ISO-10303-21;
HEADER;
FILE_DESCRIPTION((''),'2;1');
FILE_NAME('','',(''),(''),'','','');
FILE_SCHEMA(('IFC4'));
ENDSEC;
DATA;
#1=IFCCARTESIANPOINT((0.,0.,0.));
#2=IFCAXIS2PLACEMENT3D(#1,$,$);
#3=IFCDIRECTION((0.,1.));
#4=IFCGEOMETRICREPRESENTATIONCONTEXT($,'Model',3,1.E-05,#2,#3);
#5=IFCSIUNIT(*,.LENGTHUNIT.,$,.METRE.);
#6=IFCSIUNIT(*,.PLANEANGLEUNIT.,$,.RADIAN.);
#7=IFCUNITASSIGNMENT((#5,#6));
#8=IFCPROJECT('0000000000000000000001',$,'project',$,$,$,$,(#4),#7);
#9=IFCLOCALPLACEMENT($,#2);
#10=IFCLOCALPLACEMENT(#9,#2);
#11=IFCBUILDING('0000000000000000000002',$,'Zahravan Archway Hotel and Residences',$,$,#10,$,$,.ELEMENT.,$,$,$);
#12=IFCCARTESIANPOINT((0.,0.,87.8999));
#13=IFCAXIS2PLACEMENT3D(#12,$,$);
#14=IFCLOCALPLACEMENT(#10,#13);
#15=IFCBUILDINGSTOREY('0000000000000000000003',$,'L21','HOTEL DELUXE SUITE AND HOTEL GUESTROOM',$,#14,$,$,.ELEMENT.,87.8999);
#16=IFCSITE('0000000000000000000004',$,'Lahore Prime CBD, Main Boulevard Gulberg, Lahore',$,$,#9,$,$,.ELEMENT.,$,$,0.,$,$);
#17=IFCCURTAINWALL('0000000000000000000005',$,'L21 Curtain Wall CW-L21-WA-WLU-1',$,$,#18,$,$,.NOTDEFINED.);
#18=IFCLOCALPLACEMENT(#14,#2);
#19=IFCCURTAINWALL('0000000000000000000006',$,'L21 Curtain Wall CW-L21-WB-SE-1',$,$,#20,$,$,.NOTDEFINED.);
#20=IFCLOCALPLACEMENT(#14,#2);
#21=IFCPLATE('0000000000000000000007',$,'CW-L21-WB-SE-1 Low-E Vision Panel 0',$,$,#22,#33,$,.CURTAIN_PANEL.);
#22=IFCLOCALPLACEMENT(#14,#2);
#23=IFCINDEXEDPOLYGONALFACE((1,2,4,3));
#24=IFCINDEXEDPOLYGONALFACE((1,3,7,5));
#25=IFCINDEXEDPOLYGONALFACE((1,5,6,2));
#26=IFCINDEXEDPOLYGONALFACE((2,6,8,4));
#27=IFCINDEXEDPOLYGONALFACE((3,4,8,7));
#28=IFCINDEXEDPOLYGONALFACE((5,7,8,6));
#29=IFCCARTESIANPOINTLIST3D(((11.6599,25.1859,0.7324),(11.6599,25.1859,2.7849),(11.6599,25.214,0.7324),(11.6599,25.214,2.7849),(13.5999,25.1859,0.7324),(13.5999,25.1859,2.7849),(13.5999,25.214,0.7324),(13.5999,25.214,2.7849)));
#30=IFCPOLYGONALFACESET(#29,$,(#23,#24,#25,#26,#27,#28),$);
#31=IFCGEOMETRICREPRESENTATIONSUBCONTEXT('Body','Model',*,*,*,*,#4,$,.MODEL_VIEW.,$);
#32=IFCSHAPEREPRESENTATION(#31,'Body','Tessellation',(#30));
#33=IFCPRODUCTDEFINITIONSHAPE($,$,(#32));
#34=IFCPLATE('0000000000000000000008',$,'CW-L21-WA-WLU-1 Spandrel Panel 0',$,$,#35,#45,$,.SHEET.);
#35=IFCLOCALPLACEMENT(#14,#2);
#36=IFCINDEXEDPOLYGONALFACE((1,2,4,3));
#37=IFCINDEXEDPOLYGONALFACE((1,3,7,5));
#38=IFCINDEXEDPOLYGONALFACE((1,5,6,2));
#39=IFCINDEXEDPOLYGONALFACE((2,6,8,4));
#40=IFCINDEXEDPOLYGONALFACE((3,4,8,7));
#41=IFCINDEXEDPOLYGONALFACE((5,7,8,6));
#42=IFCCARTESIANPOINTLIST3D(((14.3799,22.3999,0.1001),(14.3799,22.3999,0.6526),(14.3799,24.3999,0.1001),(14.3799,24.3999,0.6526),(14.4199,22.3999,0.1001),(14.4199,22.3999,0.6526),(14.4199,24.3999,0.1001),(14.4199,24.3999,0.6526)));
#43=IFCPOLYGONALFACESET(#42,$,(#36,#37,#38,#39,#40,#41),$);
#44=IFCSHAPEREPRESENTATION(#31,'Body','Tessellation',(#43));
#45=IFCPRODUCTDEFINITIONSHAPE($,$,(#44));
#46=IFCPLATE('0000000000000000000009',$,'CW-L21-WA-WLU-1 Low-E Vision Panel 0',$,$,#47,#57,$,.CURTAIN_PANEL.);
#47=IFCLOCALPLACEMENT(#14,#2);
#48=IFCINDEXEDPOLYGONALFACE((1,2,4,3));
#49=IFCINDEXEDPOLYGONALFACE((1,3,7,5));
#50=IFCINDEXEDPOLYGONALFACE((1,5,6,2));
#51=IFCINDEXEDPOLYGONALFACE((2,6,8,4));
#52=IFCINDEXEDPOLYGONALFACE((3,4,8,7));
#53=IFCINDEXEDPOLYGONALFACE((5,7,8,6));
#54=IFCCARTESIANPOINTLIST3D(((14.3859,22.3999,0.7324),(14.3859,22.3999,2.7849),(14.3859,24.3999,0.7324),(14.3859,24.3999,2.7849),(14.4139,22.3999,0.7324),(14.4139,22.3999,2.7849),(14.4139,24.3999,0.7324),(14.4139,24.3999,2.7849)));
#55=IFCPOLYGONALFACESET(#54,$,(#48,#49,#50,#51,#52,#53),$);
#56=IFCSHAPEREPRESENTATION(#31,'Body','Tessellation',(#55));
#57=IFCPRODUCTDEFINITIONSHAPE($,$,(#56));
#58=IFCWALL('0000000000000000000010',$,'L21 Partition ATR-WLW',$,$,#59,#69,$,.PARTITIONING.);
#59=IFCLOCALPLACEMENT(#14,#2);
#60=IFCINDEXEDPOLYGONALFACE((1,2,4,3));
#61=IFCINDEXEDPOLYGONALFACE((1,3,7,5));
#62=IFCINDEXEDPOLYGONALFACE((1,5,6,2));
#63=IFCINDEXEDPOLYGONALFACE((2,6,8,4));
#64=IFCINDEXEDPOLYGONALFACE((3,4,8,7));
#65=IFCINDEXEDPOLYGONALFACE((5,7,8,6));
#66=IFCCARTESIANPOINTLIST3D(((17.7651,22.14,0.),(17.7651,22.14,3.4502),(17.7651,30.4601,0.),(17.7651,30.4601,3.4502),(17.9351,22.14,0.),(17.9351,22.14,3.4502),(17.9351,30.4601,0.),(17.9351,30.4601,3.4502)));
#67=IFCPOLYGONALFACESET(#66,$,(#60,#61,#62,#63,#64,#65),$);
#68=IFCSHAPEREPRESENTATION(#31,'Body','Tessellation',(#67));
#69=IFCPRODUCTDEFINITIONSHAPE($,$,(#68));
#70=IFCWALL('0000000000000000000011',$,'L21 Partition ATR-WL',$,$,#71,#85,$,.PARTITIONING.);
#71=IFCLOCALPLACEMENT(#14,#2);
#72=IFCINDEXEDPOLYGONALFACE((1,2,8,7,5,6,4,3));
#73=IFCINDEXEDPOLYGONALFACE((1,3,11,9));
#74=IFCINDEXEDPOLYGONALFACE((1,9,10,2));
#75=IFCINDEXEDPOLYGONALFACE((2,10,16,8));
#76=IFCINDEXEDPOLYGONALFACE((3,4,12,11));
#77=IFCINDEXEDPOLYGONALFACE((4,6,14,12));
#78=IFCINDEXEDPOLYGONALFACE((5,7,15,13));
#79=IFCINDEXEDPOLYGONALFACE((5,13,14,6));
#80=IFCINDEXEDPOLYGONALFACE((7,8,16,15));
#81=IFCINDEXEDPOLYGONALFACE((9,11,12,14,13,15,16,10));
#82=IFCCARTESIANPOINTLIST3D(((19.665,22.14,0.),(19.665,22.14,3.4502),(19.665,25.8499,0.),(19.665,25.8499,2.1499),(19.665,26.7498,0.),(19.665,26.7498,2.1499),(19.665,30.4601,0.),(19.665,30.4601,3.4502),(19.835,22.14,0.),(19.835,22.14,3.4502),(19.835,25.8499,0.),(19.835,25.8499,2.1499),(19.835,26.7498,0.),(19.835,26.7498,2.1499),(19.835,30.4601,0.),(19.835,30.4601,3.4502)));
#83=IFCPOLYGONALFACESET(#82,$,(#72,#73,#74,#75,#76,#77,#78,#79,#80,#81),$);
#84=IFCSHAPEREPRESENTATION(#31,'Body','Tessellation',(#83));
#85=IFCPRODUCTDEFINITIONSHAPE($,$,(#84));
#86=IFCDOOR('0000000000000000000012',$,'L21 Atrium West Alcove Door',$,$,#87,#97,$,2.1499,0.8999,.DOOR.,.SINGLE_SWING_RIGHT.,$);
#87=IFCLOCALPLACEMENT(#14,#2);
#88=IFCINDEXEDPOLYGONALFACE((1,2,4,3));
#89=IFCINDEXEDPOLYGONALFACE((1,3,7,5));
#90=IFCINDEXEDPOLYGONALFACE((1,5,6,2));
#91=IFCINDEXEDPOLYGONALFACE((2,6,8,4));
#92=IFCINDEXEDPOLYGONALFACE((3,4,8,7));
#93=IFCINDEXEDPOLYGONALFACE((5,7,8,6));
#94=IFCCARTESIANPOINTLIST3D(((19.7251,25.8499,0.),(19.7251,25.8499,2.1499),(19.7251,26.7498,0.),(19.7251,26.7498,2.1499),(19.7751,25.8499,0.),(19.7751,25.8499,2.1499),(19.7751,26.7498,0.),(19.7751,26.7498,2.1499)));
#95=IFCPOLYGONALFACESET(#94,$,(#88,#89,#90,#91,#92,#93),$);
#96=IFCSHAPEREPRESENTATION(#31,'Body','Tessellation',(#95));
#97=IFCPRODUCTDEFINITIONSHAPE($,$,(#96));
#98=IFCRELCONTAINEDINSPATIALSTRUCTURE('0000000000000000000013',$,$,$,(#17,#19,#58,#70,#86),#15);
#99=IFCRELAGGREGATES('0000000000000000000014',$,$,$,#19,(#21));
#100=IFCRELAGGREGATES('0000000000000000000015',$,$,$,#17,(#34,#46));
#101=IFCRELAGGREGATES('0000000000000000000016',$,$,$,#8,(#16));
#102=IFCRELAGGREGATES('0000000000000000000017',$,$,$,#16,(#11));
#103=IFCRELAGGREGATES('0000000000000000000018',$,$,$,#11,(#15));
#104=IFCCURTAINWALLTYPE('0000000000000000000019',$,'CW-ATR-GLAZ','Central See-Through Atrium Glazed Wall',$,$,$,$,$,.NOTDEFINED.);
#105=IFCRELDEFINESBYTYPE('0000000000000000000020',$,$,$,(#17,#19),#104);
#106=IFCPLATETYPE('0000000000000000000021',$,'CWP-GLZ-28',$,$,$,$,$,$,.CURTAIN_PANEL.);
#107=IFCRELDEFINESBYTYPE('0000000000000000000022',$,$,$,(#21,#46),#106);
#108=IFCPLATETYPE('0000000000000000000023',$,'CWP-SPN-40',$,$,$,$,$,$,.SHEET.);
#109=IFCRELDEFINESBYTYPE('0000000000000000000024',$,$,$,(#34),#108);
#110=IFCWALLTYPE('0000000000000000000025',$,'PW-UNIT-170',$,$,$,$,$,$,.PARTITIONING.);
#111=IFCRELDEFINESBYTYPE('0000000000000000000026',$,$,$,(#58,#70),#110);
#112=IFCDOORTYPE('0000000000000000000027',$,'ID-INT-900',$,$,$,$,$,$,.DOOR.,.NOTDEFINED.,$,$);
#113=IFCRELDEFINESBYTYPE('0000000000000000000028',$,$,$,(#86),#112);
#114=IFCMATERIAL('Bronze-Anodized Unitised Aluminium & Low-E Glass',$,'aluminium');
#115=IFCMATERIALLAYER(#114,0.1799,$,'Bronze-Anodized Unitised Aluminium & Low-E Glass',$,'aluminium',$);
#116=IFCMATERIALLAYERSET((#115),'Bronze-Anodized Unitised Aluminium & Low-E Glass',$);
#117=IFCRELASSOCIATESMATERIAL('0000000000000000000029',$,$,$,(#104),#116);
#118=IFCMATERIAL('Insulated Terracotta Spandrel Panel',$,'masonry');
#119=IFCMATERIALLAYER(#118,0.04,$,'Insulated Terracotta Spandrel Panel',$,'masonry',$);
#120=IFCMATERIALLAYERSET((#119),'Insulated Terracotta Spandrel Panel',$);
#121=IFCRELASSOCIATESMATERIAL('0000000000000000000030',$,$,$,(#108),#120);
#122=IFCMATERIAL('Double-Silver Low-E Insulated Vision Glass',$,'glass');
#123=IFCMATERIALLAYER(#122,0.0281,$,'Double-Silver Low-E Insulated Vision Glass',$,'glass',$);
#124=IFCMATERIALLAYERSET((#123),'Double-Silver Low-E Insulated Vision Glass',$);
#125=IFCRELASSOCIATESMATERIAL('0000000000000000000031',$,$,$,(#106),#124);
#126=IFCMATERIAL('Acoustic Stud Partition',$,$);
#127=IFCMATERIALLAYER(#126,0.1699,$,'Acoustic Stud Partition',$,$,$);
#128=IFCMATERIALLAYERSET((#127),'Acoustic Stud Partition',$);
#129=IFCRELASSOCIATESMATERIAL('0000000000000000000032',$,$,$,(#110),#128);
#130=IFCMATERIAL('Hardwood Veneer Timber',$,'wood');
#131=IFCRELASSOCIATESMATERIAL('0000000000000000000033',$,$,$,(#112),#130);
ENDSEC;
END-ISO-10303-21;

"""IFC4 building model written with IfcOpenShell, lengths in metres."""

from ifc_helpers import new_model, si_unit, direction, frame, frame_2d, origin, origin_2d, place, context, subcontext, project, spatial, rectangle, extrude, source, transform, mapped, material, layer, layer_set, type_object, type_shapes, element, fill, aggregate, save


model = new_model("IFC4")

# Units and contexts
model_context = context("Model", 3, precision=1e-05, world=origin(), true_north=direction((0.0, 1.0)))
body_context = subcontext(model_context, "Body", "Model", "MODEL_VIEW")
ifc_project = project(units=[si_unit("LENGTHUNIT", "METRE"), si_unit("PLANEANGLEUNIT", "RADIAN")], contexts=[model_context])

# Site, building, storey
site_placement = place(None, origin())
site = spatial("IfcSite", under=ifc_project, at=site_placement, Name="Lahore Prime CBD, Main Boulevard Gulberg, Lahore", CompositionType="ELEMENT", RefElevation=0.0)
building_placement = place(site_placement, origin())
building = spatial("IfcBuilding", under=site, at=building_placement, Name="Zahravan Archway Hotel and Residences", CompositionType="ELEMENT")
storey_placement = place(building_placement, frame((0.0, 0.0, 87.8999)))
storey = spatial("IfcBuildingStorey", under=building, at=storey_placement, Name="L21", Description="HOTEL DELUXE SUITE AND HOTEL GUESTROOM", CompositionType="ELEMENT", Elevation=87.8999)

# Curtain walls
ifc_material_1 = material(Name="Bronze-Anodized Unitised Aluminium & Low-E Glass", Category="aluminium")
ifc_layer_1 = layer(ifc_material_1, 0.1799, Name="Bronze-Anodized Unitised Aluminium & Low-E Glass", Category="aluminium")
ifc_layer_set_1 = layer_set([ifc_layer_1], Name="Bronze-Anodized Unitised Aluminium & Low-E Glass")
curtain_wall_type = type_object("IfcCurtainWallType", Name="CW-ATR-GLAZ", Description="Central See-Through Atrium Glazed Wall", PredefinedType="NOTDEFINED", material=ifc_layer_set_1)
curtain_wall_1_placement = place(storey_placement, origin())
curtain_wall_1 = element("IfcCurtainWall", 1, at=curtain_wall_1_placement, inside=storey, type_object=curtain_wall_type, Name="L21 Curtain Wall CW-L21-WA-WLU-1", PredefinedType="NOTDEFINED")
curtain_wall_2_placement = place(storey_placement, origin())
curtain_wall_2 = element("IfcCurtainWall", 2, at=curtain_wall_2_placement, inside=storey, type_object=curtain_wall_type, Name="L21 Curtain Wall CW-L21-WB-SE-1", PredefinedType="NOTDEFINED")

# Plates
ifc_material_2 = material(Name="Insulated Terracotta Spandrel Panel", Category="masonry")
ifc_layer_2 = layer(ifc_material_2, 0.04, Name="Insulated Terracotta Spandrel Panel", Category="masonry")
ifc_layer_set_2 = layer_set([ifc_layer_2], Name="Insulated Terracotta Spandrel Panel")
plate_type_1 = type_object("IfcPlateType", Name="CWP-SPN-40", PredefinedType="SHEET", material=ifc_layer_set_2)
ifc_material_3 = material(Name="Double-Silver Low-E Insulated Vision Glass", Category="glass")
ifc_layer_3 = layer(ifc_material_3, 0.0281, Name="Double-Silver Low-E Insulated Vision Glass", Category="glass")
ifc_layer_set_3 = layer_set([ifc_layer_3], Name="Double-Silver Low-E Insulated Vision Glass")
plate_type_2 = type_object("IfcPlateType", Name="CWP-GLZ-28", PredefinedType="CURTAIN_PANEL", material=ifc_layer_set_3)
shared_shape_1 = source(origin(), body_context, "Body", "SweptSolid", [
    extrude(rectangle(XDim=1.9399, YDim=0.0281, at=origin_2d()), origin(), (0.0, 0.0, 1.0), 2.0525),
])
plate_1_placement = place(storey_placement, frame((12.6299, 25.2, 0.7324), z_axis=(0.0, 0.0, 1.0), x_axis=(1.0, 0.0, 0.0)))
plate_1 = element("IfcPlate", 3, at=plate_1_placement, type_object=plate_type_2, Name="CW-L21-WB-SE-1 Low-E Vision Panel 0", PredefinedType="CURTAIN_PANEL", context=body_context, shape_type="MappedRepresentation", body=[
    mapped(shared_shape_1, transform((0.0, 0.0, 0.0), scale=1.0)),
])
aggregate(curtain_wall_2, [plate_1])
shared_shape_2 = source(origin(), body_context, "Body", "SweptSolid", [
    extrude(rectangle(XDim=2.0, YDim=0.04, at=origin_2d()), origin(), (0.0, 0.0, 1.0), 0.5525),
])
plate_2_placement = place(storey_placement, frame((14.3999, 23.3999, 0.1001), z_axis=(0.0, 0.0, 1.0), x_axis=(0.0, 1.0, 0.0)))
plate_2 = element("IfcPlate", 4, at=plate_2_placement, type_object=plate_type_1, Name="CW-L21-WA-WLU-1 Spandrel Panel 0", PredefinedType="SHEET", context=body_context, shape_type="MappedRepresentation", body=[
    mapped(shared_shape_2, transform((0.0, 0.0, 0.0), scale=1.0)),
])
shared_shape_3 = source(origin(), body_context, "Body", "SweptSolid", [
    extrude(rectangle(XDim=2.0, YDim=0.0281, at=origin_2d()), origin(), (0.0, 0.0, 1.0), 2.0525),
])
plate_3_placement = place(storey_placement, frame((14.3999, 23.3999, 0.7324), z_axis=(0.0, 0.0, 1.0), x_axis=(0.0, 1.0, 0.0)))
plate_3 = element("IfcPlate", 5, at=plate_3_placement, type_object=plate_type_2, Name="CW-L21-WA-WLU-1 Low-E Vision Panel 0", PredefinedType="CURTAIN_PANEL", context=body_context, shape_type="MappedRepresentation", body=[
    mapped(shared_shape_3, transform((0.0, 0.0, 0.0), scale=1.0)),
])
aggregate(curtain_wall_1, [plate_2, plate_3])

# Wall
ifc_material_4 = material(Name="Acoustic Stud Partition")
ifc_layer_4 = layer(ifc_material_4, 0.1699, Name="Acoustic Stud Partition")
ifc_layer_set_4 = layer_set([ifc_layer_4], Name="Acoustic Stud Partition")
wall_type = type_object("IfcWallType", Name="PW-UNIT-170", PredefinedType="PARTITIONING", material=ifc_layer_set_4)
wall_1_placement = place(storey_placement, frame((17.8501, 22.1399, 0.0), z_axis=(0.0, 0.0, 1.0), x_axis=(0.0, 1.0, 0.0)))
element("IfcWall", 6, at=wall_1_placement, inside=storey, type_object=wall_type, Name="L21 Partition ATR-WLW", PredefinedType="PARTITIONING", context=body_context, shape_type="SweptSolid", body=[
    extrude(rectangle(XDim=8.3201, YDim=0.1699, at=frame_2d((4.1602, 0.0))), origin(), (0.0, 0.0, 1.0), 3.4502),
])

# Wall, opening, door
wall_2_placement = place(storey_placement, frame((19.75, 22.1399, 0.0), z_axis=(0.0, 0.0, 1.0), x_axis=(0.0, 1.0, 0.0)))
wall_2 = element("IfcWall", 7, at=wall_2_placement, inside=storey, type_object=wall_type, Name="L21 Partition ATR-WL", PredefinedType="PARTITIONING", context=body_context, shape_type="SweptSolid", body=[
    extrude(rectangle(XDim=8.3201, YDim=0.1699, at=frame_2d((4.1602, 0.0))), origin(), (0.0, 0.0, 1.0), 3.4502),
])
opening_placement = place(wall_2_placement, frame((3.71, 0.0, 0.0)))
opening = element("IfcOpeningElement", 8, at=opening_placement, cuts=wall_2, PredefinedType="OPENING", context=body_context, shape_type="SweptSolid", body=[
    extrude(rectangle(XDim=0.8999, YDim=2.1499, at=frame_2d((0.45, 1.075))), frame((0.0, 0.095, 0.0), z_axis=(0.0, -1.0, 0.0), x_axis=(1.0, 0.0, 0.0)), (0.0, 0.0, 1.0), 0.1899),
])
ifc_material_5 = material(Name="Hardwood Veneer Timber", Category="wood")
door_type = type_object("IfcDoorType", Name="ID-INT-900", OperationType="NOTDEFINED", PredefinedType="DOOR", material=ifc_material_5)
shared_shape_4 = source(origin(), body_context, "Body", "SweptSolid", [
    extrude(rectangle(XDim=0.8999, YDim=2.1499, at=frame_2d((0.45, 1.075))), frame((0.0, 0.0249, 0.0), z_axis=(0.0, -1.0, 0.0), x_axis=(1.0, 0.0, 0.0)), (0.0, 0.0, 1.0), 0.05),
])
type_shapes(door_type, [shared_shape_4])
door_placement = place(opening_placement, origin())
door = element("IfcDoor", 9, at=door_placement, inside=storey, type_object=door_type, Name="L21 Atrium West Alcove Door", OperationType="SINGLE_SWING_RIGHT", OverallHeight=2.1499, OverallWidth=0.8999, PredefinedType="DOOR", context=body_context, shape_type="MappedRepresentation", body=[
    mapped(shared_shape_4, transform((0.0, 0.0, 0.0), scale=1.0)),
])
fill(opening, door)

save(model, "model.ifc")
